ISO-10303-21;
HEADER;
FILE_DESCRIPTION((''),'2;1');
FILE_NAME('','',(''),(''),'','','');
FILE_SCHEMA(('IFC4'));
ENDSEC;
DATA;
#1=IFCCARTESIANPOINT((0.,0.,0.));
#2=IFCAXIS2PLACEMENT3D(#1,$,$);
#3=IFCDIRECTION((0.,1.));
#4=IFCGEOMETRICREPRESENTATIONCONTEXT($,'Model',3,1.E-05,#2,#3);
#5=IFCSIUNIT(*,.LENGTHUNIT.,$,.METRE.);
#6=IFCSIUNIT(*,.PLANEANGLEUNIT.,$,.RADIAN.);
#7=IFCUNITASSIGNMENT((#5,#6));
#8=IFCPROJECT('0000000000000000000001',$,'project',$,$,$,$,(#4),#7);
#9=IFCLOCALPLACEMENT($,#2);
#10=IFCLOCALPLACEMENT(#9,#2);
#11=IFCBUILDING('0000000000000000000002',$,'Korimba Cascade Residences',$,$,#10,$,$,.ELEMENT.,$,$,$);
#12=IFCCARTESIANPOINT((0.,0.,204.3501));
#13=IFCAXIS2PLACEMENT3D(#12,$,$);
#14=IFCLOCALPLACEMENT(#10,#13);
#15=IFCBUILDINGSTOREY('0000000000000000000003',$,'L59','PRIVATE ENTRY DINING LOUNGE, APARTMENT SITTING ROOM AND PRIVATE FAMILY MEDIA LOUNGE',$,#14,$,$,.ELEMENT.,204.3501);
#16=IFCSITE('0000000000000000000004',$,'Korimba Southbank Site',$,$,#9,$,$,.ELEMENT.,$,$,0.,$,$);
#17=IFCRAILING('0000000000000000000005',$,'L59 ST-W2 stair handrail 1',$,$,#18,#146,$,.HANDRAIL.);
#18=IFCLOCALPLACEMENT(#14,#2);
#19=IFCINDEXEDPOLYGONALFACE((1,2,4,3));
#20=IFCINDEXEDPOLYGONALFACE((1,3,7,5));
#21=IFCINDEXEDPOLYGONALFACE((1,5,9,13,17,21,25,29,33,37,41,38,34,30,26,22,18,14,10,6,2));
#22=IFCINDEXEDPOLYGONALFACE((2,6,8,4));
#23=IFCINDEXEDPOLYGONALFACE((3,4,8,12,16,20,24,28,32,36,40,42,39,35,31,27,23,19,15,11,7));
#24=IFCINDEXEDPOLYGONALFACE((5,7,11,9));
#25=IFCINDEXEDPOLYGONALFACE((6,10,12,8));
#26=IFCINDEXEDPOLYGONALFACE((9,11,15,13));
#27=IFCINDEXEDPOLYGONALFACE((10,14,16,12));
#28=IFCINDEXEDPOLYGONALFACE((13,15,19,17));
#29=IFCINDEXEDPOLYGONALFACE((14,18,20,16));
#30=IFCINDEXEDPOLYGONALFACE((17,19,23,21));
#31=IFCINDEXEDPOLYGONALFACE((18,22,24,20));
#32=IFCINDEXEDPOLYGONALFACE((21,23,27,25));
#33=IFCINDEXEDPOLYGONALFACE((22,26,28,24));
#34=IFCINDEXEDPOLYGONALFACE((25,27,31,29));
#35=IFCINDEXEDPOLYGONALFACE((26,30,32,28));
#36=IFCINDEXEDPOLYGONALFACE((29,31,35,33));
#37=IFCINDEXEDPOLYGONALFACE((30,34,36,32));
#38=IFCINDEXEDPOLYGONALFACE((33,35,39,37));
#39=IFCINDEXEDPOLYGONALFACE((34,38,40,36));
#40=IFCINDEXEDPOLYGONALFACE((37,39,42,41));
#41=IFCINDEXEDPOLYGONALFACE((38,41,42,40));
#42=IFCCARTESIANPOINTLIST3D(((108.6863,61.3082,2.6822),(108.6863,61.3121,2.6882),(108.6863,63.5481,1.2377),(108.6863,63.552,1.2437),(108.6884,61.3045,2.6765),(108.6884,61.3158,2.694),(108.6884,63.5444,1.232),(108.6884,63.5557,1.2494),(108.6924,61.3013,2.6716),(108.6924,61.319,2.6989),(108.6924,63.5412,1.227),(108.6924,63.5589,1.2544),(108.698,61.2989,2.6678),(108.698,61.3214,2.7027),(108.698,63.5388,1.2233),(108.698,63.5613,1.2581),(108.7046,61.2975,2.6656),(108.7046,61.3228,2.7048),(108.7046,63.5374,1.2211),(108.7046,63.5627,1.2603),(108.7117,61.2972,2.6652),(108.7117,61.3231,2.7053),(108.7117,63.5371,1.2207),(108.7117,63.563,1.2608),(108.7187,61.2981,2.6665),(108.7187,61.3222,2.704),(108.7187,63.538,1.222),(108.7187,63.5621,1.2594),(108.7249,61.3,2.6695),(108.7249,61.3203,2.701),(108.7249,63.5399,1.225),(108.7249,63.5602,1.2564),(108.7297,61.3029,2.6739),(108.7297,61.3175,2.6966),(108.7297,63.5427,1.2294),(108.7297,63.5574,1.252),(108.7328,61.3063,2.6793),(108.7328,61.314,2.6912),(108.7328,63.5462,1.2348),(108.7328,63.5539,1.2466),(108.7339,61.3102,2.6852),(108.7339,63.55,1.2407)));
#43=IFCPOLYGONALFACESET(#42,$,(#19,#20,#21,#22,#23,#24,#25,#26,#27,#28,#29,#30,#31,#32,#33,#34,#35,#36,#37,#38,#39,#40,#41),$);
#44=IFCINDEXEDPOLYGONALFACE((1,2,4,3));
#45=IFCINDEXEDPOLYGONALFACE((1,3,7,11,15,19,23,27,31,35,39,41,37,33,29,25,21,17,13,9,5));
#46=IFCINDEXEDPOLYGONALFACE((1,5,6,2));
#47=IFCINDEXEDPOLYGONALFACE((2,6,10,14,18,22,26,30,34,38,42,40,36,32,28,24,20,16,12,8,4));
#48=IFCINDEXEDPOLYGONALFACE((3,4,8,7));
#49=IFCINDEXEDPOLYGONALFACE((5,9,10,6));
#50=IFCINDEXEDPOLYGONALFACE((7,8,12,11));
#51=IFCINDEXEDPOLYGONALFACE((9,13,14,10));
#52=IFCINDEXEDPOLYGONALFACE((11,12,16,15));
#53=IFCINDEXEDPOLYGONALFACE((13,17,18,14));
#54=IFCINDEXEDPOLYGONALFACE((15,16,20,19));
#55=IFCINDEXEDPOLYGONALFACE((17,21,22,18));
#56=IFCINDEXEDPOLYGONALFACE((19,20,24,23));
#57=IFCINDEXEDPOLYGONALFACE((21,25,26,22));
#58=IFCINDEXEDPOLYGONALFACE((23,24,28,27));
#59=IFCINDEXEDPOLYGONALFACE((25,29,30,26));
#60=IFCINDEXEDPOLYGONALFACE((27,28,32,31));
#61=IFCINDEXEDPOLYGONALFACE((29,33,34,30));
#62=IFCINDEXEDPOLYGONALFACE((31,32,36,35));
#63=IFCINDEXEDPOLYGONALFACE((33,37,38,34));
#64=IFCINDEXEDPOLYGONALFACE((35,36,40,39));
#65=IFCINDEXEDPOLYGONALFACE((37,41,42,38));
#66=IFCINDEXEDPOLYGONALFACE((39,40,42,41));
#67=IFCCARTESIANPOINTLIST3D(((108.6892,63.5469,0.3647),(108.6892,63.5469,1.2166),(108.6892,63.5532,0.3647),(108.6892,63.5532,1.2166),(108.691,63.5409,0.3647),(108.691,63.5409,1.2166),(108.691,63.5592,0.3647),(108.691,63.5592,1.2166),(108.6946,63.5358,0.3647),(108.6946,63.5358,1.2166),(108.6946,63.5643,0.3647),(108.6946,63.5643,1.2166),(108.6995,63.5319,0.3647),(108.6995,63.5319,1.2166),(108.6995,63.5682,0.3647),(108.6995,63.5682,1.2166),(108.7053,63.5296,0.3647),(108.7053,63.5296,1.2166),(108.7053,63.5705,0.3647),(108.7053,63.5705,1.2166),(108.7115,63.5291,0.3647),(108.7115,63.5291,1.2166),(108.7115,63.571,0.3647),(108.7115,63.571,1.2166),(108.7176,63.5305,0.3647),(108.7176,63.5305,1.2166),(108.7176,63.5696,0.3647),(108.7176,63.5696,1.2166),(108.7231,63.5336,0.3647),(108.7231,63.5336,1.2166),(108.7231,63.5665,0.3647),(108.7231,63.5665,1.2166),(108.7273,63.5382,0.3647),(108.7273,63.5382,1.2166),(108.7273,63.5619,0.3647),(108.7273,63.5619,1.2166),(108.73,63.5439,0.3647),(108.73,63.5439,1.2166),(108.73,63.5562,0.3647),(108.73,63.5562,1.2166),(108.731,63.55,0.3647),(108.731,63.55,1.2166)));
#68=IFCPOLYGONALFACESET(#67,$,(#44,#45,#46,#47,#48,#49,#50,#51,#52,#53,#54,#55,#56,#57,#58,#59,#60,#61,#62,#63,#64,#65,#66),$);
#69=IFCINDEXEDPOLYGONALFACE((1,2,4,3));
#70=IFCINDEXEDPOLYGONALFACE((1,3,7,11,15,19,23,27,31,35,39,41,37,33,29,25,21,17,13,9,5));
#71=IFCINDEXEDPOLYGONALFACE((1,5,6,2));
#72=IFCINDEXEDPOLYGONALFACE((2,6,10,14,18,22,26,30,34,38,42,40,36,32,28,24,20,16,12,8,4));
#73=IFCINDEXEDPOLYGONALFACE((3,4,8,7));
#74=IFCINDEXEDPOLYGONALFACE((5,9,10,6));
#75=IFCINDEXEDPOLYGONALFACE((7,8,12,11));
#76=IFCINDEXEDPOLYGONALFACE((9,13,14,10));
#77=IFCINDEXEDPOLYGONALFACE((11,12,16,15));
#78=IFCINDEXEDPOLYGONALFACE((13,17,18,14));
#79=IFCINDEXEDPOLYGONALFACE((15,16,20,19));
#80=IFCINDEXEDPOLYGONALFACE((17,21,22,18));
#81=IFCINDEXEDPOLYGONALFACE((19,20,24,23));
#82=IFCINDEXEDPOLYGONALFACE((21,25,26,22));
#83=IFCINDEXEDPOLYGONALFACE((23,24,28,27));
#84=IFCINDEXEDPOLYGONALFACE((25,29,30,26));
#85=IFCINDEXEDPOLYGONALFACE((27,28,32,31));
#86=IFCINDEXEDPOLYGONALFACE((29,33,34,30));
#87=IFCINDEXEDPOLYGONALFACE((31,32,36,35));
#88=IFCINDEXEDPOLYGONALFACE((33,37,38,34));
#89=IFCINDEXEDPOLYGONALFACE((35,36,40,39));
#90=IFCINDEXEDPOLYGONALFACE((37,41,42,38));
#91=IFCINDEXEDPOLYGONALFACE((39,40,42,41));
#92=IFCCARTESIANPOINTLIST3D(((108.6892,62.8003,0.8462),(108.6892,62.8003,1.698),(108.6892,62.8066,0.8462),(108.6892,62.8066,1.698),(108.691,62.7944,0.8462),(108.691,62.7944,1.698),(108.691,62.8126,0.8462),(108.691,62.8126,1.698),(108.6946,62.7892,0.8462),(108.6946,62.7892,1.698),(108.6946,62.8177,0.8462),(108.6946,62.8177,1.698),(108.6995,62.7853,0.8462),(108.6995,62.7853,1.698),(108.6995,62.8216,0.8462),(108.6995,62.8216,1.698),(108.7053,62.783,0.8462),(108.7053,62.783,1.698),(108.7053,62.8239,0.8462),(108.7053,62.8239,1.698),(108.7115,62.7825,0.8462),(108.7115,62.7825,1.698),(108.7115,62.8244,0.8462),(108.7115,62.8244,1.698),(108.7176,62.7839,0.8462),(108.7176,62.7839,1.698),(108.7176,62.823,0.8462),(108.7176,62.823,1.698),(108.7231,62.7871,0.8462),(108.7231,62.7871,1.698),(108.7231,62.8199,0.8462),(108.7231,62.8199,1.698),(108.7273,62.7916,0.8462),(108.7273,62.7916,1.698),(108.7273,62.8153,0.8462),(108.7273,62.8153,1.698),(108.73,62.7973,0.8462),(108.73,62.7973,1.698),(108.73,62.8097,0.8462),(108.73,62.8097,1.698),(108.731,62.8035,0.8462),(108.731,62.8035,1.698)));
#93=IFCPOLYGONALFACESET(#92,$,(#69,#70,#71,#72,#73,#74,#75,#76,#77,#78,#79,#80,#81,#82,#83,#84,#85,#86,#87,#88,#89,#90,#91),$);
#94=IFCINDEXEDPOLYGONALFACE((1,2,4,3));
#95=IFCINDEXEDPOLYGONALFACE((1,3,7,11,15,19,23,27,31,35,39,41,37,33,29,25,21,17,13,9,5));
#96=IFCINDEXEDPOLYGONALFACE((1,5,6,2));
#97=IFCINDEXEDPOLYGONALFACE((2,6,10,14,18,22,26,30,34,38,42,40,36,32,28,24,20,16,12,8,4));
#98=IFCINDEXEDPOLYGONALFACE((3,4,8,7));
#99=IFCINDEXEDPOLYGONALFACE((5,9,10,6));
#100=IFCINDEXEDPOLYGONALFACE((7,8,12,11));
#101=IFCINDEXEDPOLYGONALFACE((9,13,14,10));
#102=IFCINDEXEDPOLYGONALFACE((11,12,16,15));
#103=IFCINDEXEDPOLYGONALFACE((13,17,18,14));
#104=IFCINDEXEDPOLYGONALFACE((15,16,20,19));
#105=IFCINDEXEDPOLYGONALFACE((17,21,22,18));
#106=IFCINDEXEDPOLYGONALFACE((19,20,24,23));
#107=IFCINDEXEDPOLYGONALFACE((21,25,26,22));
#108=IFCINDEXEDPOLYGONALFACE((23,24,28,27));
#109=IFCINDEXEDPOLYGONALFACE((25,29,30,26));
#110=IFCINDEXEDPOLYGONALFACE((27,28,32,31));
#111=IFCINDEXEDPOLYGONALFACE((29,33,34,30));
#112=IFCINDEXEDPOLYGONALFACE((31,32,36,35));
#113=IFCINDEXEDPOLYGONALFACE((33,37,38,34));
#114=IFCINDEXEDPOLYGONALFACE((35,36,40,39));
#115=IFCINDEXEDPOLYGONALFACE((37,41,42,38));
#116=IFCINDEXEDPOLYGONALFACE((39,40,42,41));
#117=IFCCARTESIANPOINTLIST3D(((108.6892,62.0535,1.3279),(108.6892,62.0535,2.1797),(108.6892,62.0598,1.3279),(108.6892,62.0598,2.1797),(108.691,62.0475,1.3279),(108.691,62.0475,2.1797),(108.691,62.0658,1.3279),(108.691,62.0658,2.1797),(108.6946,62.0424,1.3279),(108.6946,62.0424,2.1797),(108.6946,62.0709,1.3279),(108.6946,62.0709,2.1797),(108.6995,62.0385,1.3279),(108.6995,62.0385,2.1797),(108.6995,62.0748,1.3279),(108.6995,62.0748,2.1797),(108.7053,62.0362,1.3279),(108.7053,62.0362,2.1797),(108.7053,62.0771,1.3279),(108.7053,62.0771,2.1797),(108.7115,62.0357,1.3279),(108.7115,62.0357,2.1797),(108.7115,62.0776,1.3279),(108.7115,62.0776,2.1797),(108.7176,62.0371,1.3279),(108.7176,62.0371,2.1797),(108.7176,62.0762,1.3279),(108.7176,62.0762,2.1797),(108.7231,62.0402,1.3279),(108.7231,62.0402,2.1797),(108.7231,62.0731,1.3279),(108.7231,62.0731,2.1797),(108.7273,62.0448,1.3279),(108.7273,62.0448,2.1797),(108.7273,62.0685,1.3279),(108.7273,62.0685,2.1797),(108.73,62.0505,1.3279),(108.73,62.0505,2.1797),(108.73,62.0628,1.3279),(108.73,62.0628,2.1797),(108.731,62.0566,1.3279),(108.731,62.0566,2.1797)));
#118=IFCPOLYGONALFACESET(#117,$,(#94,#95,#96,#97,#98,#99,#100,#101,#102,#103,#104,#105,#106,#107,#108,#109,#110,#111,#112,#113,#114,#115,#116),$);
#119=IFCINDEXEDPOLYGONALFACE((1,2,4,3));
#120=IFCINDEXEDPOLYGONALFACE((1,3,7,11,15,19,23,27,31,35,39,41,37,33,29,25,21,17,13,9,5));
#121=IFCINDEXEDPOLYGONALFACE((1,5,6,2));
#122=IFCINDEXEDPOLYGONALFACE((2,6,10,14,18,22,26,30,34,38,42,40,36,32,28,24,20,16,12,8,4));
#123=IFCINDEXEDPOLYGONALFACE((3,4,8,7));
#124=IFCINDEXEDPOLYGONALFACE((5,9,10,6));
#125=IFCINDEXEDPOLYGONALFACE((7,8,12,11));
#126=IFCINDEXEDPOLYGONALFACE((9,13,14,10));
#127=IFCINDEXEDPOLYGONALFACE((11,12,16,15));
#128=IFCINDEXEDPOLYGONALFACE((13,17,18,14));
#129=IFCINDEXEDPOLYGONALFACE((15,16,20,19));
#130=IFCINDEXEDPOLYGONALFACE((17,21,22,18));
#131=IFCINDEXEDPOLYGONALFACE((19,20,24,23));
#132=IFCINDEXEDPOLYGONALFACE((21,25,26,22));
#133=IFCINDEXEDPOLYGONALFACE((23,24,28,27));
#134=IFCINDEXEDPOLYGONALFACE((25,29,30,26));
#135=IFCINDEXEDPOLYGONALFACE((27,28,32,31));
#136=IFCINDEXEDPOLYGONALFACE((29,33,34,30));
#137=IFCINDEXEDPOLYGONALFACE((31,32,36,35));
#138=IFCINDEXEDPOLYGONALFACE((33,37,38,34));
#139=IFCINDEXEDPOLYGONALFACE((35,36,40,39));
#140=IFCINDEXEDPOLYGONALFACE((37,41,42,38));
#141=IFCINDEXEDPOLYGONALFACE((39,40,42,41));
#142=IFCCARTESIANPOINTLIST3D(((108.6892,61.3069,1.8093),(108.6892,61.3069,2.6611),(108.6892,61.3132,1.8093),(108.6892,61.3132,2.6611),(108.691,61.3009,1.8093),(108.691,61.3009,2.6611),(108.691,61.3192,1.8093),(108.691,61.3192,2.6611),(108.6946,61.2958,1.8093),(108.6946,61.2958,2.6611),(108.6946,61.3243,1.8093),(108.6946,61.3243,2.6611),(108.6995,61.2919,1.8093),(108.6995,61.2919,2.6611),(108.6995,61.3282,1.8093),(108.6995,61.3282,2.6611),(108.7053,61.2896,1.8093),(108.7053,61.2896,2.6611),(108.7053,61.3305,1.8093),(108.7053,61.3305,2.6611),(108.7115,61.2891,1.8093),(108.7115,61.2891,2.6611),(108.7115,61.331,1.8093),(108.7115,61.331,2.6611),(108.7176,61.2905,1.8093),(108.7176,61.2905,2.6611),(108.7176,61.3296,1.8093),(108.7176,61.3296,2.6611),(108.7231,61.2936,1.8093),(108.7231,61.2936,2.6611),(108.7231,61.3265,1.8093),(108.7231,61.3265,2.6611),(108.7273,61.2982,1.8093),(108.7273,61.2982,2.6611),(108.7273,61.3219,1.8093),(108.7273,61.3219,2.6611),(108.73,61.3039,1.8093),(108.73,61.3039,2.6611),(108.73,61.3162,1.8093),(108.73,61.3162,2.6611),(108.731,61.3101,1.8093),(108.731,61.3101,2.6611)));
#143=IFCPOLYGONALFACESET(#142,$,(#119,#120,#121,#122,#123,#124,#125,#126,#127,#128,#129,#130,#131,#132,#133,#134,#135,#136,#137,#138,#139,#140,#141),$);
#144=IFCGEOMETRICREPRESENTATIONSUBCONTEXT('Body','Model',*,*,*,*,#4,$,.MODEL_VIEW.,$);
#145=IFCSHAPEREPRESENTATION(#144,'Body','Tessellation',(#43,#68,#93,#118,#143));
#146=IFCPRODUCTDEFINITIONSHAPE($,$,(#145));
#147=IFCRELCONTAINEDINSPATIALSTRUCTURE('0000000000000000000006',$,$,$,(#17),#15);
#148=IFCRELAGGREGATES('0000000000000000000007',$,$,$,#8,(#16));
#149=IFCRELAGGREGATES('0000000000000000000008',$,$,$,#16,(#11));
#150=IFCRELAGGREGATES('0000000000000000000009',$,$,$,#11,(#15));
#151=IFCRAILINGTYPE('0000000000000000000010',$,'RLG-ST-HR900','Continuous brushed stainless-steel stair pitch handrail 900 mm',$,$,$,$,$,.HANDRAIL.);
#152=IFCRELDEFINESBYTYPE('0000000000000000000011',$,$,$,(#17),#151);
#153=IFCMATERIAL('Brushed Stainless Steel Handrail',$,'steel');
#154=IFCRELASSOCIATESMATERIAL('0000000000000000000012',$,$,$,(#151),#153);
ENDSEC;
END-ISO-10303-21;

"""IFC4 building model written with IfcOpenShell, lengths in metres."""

from ifc_helpers import new_model, si_unit, direction, frame, origin, origin_2d, place, context, subcontext, project, spatial, circle, extrude, material, type_object, element, save


model = new_model("IFC4")

# Units and contexts
model_context = context("Model", 3, precision=1e-05, world=origin(), true_north=direction((0.0, 1.0)))
body_context = subcontext(model_context, "Body", "Model", "MODEL_VIEW")
ifc_project = project(units=[si_unit("LENGTHUNIT", "METRE"), si_unit("PLANEANGLEUNIT", "RADIAN")], contexts=[model_context])

# Site, building, storey
site_placement = place(None, origin())
site = spatial("IfcSite", under=ifc_project, at=site_placement, Name="Korimba Southbank Site", CompositionType="ELEMENT", RefElevation=0.0)
building_placement = place(site_placement, origin())
building = spatial("IfcBuilding", under=site, at=building_placement, Name="Korimba Cascade Residences", CompositionType="ELEMENT")
storey_placement = place(building_placement, frame((0.0, 0.0, 204.3501)))
storey = spatial("IfcBuildingStorey", under=building, at=storey_placement, Name="L59", Description="PRIVATE ENTRY DINING LOUNGE, APARTMENT SITTING ROOM AND PRIVATE FAMILY MEDIA LOUNGE", CompositionType="ELEMENT", Elevation=204.3501)

# Railing
ifc_material_1 = material(Name="Brushed Stainless Steel Handrail", Category="steel")
railing_type_1 = type_object("IfcRailingType", Name="RLG-ST-HR900", Description="Continuous brushed stainless-steel stair pitch handrail 900 mm", PredefinedType="HANDRAIL", material=ifc_material_1)
railing_1_placement = place(storey_placement, frame((108.71, 63.55, 0.3647)))
element("IfcRailing", 1, at=railing_1_placement, inside=storey, type_object=railing_type_1, Name="L59 ST-W2 stair handrail 1", PredefinedType="HANDRAIL", context=body_context, shape_type="SweptSolid", body=[
    extrude(circle(Radius=0.0239, at=origin_2d()), frame((0.0, 0.0, 0.876), z_axis=(0.0, -0.840395, 0.541975), x_axis=(1.0, 0.0, 0.0)), (0.0, 0.0, 1.0), 2.6653),
    extrude(circle(Radius=0.021, at=origin_2d()), origin(), (0.0, 0.0, 1.0), 0.8518),
    extrude(circle(Radius=0.021, at=origin_2d()), frame((0.0, -0.7466, 0.4814)), (0.0, 0.0, 1.0), 0.8518),
    extrude(circle(Radius=0.021, at=origin_2d()), frame((0.0, -1.4934, 0.9631)), (0.0, 0.0, 1.0), 0.8518),
    extrude(circle(Radius=0.021, at=origin_2d()), frame((0.0, -2.24, 1.4446)), (0.0, 0.0, 1.0), 0.8518),
])

save(model, "model.ifc")
